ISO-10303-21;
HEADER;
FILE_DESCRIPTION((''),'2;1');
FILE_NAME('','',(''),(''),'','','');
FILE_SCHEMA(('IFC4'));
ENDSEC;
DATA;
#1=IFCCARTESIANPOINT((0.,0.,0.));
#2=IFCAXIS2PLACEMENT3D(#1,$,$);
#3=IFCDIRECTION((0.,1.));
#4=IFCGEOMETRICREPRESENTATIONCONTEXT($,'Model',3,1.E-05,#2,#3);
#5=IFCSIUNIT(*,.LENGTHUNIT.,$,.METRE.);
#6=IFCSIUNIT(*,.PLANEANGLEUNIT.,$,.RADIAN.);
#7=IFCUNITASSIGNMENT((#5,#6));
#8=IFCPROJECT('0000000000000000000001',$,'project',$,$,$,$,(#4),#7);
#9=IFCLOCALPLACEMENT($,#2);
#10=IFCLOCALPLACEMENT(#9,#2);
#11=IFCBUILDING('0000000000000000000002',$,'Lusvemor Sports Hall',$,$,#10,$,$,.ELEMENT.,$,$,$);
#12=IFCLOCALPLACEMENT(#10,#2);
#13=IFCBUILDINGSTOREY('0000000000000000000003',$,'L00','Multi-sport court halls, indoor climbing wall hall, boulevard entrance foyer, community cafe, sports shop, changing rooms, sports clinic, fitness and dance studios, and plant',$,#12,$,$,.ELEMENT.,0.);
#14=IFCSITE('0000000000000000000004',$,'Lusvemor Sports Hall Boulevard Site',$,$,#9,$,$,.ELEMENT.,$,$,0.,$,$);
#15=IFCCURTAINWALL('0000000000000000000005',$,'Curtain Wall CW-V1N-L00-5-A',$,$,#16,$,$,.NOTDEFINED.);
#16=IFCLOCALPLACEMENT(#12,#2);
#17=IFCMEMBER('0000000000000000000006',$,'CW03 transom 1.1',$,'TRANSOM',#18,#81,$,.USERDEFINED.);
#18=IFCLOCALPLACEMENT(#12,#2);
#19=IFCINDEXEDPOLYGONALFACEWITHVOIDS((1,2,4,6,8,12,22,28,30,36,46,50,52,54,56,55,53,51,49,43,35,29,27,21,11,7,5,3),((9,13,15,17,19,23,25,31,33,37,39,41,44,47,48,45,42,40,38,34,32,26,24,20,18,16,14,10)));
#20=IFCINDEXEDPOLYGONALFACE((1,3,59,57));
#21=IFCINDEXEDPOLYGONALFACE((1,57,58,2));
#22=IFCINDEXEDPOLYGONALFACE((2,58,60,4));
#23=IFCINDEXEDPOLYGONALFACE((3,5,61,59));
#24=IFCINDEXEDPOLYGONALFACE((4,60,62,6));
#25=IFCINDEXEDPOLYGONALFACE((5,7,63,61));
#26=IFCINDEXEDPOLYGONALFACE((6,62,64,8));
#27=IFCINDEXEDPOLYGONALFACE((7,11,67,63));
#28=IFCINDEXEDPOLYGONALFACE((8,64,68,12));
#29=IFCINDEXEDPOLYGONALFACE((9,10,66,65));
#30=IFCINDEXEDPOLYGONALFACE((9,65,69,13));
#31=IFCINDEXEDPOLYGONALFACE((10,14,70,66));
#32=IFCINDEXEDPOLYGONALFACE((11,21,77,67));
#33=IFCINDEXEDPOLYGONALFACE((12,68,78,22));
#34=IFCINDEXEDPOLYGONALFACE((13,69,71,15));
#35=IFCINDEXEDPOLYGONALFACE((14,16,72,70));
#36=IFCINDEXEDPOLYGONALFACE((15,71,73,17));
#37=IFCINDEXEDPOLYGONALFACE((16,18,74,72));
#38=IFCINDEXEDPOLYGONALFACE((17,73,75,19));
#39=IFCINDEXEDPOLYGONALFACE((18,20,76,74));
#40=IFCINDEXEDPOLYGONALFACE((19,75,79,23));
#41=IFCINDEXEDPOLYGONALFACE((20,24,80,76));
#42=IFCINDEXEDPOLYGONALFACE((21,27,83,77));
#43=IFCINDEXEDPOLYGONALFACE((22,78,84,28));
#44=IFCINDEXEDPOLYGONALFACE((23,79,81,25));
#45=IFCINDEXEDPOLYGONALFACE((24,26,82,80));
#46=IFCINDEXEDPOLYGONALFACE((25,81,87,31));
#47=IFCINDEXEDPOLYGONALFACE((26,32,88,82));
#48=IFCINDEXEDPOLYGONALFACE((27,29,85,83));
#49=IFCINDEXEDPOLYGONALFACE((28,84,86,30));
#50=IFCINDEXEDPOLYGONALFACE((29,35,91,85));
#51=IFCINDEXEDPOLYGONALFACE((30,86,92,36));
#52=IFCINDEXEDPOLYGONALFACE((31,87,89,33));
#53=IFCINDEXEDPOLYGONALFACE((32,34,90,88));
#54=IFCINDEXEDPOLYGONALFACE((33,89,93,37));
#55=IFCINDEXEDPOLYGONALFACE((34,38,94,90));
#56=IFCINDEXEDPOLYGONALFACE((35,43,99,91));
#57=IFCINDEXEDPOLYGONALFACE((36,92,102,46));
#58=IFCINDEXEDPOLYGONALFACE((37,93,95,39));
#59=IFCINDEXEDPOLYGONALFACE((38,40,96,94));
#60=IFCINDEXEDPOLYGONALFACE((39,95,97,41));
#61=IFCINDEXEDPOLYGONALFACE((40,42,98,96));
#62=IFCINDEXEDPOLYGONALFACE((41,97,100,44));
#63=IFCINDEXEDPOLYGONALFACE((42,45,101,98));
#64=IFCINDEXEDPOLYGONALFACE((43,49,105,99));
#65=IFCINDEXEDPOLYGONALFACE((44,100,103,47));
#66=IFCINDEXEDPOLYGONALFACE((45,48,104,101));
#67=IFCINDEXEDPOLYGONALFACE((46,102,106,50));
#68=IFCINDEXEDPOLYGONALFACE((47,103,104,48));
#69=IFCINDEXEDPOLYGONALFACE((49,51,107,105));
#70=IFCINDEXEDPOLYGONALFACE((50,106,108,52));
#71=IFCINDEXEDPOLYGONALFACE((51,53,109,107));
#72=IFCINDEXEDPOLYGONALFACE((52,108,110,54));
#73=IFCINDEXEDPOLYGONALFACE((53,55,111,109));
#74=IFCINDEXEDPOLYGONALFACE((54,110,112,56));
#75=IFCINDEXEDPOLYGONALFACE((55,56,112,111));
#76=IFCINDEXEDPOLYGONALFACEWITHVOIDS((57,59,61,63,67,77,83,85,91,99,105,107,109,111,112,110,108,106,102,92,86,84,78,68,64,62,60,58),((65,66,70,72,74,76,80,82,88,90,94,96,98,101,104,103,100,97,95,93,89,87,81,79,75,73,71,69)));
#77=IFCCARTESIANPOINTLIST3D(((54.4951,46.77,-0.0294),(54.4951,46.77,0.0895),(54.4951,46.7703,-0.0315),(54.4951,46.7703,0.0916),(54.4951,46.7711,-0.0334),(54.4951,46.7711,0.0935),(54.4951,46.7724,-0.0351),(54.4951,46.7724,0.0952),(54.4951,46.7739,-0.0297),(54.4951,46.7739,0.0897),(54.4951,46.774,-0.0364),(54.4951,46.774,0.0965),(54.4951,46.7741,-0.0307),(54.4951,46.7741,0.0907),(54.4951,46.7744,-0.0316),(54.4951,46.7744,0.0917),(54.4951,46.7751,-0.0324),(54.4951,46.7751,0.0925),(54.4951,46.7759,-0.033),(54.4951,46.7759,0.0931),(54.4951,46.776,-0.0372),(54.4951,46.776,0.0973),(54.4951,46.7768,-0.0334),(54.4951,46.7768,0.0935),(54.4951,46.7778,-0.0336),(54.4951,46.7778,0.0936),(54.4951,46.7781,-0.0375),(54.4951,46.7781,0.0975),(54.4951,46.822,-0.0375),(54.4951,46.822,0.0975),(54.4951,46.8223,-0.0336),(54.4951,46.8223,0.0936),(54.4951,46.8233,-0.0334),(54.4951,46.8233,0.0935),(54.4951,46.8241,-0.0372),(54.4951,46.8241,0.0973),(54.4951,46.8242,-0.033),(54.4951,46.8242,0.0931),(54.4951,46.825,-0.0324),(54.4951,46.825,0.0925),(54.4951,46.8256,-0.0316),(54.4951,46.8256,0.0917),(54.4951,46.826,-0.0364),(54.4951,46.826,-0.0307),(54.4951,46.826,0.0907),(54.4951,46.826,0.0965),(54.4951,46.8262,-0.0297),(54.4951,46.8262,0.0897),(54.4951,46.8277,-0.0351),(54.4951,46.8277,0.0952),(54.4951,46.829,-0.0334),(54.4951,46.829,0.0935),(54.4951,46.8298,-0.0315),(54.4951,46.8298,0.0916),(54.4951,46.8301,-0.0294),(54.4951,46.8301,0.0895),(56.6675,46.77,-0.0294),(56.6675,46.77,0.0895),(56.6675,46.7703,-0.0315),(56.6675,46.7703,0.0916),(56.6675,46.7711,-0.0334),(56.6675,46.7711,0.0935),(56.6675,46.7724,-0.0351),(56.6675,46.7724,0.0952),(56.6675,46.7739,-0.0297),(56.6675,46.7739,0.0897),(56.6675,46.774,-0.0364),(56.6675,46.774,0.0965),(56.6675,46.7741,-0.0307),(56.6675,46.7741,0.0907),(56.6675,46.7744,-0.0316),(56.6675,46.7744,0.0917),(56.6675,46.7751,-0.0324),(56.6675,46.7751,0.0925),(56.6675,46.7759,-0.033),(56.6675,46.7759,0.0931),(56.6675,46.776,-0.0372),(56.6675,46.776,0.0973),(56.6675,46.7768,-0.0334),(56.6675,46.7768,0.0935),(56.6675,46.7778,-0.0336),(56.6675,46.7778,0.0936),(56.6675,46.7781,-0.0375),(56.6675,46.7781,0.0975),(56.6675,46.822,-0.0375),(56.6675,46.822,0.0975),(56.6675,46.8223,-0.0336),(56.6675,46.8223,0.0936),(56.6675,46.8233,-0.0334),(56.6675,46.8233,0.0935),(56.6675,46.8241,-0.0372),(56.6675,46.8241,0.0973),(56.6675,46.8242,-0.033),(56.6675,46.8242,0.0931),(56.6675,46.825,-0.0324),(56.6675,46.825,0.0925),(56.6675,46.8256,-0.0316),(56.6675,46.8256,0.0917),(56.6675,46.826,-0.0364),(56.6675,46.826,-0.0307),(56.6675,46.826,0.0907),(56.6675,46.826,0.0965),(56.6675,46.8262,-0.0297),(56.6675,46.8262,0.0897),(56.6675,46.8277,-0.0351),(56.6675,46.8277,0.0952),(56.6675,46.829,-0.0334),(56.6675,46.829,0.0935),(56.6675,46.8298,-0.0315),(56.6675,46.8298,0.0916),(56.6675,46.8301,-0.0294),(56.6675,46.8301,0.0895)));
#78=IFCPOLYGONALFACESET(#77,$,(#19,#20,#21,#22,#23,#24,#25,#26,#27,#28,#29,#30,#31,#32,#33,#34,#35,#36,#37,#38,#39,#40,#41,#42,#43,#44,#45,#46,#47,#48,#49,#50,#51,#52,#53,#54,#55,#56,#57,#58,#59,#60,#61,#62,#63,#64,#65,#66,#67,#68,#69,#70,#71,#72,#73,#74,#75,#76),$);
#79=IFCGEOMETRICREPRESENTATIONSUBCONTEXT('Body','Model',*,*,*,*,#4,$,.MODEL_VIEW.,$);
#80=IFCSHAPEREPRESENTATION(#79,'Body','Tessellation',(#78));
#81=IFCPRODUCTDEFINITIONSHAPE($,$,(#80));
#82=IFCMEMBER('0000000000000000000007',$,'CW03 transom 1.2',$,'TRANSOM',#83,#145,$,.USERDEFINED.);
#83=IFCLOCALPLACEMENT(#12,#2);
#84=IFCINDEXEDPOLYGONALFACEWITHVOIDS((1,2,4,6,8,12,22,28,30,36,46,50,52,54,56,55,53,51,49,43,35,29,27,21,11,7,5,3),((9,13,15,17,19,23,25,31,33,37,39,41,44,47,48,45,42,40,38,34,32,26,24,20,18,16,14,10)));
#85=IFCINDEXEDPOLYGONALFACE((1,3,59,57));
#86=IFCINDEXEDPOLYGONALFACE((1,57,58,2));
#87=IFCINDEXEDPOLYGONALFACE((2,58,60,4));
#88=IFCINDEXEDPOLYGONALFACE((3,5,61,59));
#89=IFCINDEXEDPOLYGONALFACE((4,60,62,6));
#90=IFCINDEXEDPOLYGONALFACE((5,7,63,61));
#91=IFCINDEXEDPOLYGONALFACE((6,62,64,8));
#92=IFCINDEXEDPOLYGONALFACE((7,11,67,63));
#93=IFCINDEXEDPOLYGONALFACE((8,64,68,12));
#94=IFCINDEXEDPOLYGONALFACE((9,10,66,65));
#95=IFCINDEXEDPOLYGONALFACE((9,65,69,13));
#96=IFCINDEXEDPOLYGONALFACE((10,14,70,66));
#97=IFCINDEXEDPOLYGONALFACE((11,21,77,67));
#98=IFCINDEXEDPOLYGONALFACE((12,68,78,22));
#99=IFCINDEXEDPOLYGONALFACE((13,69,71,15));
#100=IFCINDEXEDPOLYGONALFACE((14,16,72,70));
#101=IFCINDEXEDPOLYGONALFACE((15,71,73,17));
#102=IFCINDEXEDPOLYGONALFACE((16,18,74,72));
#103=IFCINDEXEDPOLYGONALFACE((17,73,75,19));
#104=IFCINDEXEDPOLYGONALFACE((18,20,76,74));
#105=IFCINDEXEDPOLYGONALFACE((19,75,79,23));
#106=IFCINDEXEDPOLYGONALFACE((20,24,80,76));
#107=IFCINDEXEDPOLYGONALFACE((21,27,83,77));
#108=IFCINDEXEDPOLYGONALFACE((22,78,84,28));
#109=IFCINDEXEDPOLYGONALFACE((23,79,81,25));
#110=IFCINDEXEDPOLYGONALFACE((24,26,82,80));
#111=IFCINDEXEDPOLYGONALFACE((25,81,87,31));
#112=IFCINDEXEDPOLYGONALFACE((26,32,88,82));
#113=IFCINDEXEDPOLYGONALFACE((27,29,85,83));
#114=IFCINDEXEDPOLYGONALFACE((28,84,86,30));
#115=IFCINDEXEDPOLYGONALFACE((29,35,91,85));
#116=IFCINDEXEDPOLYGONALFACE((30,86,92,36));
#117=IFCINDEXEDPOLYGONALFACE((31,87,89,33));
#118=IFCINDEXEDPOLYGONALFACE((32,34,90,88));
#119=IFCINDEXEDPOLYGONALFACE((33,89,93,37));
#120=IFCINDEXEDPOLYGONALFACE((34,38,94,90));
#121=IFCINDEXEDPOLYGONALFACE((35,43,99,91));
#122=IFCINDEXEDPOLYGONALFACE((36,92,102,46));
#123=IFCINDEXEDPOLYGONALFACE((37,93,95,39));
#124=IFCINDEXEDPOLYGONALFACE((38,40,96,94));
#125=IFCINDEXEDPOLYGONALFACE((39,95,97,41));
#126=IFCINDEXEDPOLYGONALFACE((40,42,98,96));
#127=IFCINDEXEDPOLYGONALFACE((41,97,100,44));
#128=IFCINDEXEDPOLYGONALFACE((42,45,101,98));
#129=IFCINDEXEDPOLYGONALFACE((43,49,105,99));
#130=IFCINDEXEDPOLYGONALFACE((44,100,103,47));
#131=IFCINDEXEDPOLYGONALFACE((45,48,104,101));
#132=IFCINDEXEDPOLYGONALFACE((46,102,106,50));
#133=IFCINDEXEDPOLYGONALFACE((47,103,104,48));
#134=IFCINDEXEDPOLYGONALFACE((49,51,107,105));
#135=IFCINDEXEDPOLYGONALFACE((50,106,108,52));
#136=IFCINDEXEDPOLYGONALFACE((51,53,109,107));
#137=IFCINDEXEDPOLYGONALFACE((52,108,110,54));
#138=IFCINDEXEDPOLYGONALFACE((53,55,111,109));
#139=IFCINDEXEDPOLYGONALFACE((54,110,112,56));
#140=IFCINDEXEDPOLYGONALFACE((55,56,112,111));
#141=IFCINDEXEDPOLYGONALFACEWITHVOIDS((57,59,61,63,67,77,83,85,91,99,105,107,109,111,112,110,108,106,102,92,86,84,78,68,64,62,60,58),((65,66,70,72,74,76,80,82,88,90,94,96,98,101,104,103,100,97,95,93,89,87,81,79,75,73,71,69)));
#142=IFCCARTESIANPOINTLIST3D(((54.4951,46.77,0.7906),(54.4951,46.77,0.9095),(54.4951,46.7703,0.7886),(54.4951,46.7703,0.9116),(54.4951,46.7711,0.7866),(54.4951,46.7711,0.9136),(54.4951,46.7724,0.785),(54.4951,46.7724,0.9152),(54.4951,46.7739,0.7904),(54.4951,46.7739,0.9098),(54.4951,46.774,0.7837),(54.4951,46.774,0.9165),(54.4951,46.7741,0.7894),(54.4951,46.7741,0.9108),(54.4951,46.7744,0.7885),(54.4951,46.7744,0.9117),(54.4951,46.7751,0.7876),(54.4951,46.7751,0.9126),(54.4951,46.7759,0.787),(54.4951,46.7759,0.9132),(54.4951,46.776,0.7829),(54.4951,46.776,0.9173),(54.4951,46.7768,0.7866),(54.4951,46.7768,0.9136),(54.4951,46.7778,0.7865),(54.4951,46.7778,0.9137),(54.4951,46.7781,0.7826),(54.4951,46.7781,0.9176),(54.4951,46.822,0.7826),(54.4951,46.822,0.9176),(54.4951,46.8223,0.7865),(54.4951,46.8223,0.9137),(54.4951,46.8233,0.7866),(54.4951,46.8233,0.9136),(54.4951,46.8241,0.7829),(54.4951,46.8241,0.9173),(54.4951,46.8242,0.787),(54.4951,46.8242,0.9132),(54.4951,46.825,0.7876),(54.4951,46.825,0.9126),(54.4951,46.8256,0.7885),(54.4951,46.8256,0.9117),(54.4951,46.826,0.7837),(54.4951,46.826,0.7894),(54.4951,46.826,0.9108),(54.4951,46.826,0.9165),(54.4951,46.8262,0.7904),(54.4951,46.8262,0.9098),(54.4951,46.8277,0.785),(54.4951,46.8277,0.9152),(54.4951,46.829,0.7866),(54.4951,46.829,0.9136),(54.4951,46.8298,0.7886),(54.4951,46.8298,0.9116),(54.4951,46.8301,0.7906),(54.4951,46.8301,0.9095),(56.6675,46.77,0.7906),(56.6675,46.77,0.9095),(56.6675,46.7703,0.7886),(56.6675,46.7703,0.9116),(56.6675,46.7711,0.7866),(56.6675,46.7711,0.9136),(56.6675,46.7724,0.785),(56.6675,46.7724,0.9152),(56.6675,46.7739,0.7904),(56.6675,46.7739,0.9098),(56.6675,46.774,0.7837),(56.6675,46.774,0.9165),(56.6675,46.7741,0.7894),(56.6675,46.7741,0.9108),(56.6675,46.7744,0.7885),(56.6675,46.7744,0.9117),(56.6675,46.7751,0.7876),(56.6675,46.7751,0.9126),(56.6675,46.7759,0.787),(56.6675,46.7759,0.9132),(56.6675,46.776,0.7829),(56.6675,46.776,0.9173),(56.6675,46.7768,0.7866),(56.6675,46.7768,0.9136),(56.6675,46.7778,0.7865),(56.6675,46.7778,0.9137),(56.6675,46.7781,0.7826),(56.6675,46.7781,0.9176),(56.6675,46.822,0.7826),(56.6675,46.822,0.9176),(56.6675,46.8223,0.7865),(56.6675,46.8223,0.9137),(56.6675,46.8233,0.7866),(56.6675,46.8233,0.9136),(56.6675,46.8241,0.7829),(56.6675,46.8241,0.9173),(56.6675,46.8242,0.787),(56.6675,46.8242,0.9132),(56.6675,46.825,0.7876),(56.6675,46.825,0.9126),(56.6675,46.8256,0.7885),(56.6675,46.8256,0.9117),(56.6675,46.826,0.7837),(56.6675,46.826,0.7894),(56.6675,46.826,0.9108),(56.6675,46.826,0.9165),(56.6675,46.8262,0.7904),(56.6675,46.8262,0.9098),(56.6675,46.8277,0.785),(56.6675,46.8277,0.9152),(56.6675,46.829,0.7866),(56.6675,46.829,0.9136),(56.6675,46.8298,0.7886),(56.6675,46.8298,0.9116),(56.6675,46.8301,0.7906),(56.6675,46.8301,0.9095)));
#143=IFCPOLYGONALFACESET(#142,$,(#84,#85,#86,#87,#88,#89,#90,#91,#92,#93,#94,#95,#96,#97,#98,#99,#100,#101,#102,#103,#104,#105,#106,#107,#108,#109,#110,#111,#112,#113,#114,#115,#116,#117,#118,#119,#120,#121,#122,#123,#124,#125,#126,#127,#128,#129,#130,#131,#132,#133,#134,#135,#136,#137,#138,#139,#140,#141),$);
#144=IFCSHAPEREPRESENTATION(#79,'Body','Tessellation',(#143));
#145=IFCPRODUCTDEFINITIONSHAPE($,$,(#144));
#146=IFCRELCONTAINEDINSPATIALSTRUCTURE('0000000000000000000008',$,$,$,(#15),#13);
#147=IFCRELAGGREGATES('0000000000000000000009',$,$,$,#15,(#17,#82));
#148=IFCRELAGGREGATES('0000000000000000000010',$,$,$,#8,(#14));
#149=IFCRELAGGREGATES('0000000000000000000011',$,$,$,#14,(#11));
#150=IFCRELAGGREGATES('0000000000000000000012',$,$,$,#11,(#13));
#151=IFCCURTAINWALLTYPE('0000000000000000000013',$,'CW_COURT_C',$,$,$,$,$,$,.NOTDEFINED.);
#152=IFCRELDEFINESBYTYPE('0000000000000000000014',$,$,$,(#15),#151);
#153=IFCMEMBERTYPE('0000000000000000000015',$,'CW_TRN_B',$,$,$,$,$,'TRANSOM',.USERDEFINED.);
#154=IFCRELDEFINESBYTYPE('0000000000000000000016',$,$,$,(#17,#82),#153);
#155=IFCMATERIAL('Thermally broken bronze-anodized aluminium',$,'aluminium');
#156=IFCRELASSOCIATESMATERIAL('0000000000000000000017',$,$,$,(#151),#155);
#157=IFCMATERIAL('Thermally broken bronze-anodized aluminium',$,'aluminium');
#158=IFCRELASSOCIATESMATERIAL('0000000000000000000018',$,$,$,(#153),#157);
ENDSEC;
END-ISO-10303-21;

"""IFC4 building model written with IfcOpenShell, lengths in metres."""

from ifc_helpers import new_model, si_unit, direction, frame, origin, origin_2d, place, context, subcontext, project, spatial, hollow_rectangle, extrude, material, material_profile, profile_set, type_object, element, aggregate, save


model = new_model("IFC4")

# Units and contexts
model_context = context("Model", 3, precision=1e-05, world=origin(), true_north=direction((0.0, 1.0)))
body_context = subcontext(model_context, "Body", "Model", "MODEL_VIEW")
ifc_project = project(units=[si_unit("LENGTHUNIT", "METRE"), si_unit("PLANEANGLEUNIT", "RADIAN")], contexts=[model_context])

# Site, building, storey
site_placement = place(None, origin())
site = spatial("IfcSite", under=ifc_project, at=site_placement, Name="Lusvemor Sports Hall Boulevard Site", CompositionType="ELEMENT", RefElevation=0.0)
building_placement = place(site_placement, origin())
building = spatial("IfcBuilding", under=site, at=building_placement, Name="Lusvemor Sports Hall", CompositionType="ELEMENT")
storey_placement = place(building_placement, origin())
storey = spatial("IfcBuildingStorey", under=building, at=storey_placement, Name="L00", Description="Multi-sport court halls, indoor climbing wall hall, boulevard entrance foyer, community cafe, sports shop, changing rooms, sports clinic, fitness and dance studios, and plant", CompositionType="ELEMENT", Elevation=0.0)

# Curtain wall, members
ifc_material_1 = material(Name="Thermally broken bronze-anodized aluminium", Category="aluminium")
curtain_wall_type = type_object("IfcCurtainWallType", Name="CW_COURT_C", PredefinedType="NOTDEFINED", material=ifc_material_1)
curtain_wall_placement = place(storey_placement, origin())
curtain_wall = element("IfcCurtainWall", 1, at=curtain_wall_placement, inside=storey, type_object=curtain_wall_type, Name="Curtain Wall CW-V1N-L00-5-A", PredefinedType="NOTDEFINED")
ifc_material_2 = material(Name="Thermally broken bronze-anodized aluminium", Category="aluminium")
ifc_material_profile_1 = material_profile(ifc_material_2, hollow_rectangle(XDim=0.0601, YDim=0.135, WallThickness=0.0039, InnerFilletRadius=0.0039, OuterFilletRadius=0.0081, at=origin_2d()), Name="CWTRN135x60x4")
ifc_profile_set_1 = profile_set([ifc_material_profile_1], Name="Thermally broken bronze-anodized aluminium")
member_type_1 = type_object("IfcMemberType", Name="CW_TRN_B", ElementType="TRANSOM", PredefinedType="USERDEFINED", material=ifc_profile_set_1)
member_1_placement = place(storey_placement, frame((54.4951, 46.8, 0.03), z_axis=(1.0, 0.0, 0.0), x_axis=(0.0, 1.0, 0.0)))
member_1 = element("IfcMember", 2, at=member_1_placement, type_object=member_type_1, Name="CW03 transom 1.1", ObjectType="TRANSOM", PredefinedType="USERDEFINED", context=body_context, shape_type="SweptSolid", body=[
    extrude(hollow_rectangle(XDim=0.0601, YDim=0.135, WallThickness=0.0039, InnerFilletRadius=0.0039, OuterFilletRadius=0.0081, at=origin_2d()), origin(), (0.0, 0.0, 1.0), 2.1724),
])
member_2_placement = place(storey_placement, frame((54.4951, 46.8, 0.8501), z_axis=(1.0, 0.0, 0.0), x_axis=(0.0, 1.0, 0.0)))
member_2 = element("IfcMember", 3, at=member_2_placement, type_object=member_type_1, Name="CW03 transom 1.2", ObjectType="TRANSOM", PredefinedType="USERDEFINED", context=body_context, shape_type="SweptSolid", body=[
    extrude(hollow_rectangle(XDim=0.0601, YDim=0.135, WallThickness=0.0039, InnerFilletRadius=0.0039, OuterFilletRadius=0.0081, at=origin_2d()), origin(), (0.0, 0.0, 1.0), 2.1724),
])
aggregate(curtain_wall, [member_1, member_2])

save(model, "model.ifc")
